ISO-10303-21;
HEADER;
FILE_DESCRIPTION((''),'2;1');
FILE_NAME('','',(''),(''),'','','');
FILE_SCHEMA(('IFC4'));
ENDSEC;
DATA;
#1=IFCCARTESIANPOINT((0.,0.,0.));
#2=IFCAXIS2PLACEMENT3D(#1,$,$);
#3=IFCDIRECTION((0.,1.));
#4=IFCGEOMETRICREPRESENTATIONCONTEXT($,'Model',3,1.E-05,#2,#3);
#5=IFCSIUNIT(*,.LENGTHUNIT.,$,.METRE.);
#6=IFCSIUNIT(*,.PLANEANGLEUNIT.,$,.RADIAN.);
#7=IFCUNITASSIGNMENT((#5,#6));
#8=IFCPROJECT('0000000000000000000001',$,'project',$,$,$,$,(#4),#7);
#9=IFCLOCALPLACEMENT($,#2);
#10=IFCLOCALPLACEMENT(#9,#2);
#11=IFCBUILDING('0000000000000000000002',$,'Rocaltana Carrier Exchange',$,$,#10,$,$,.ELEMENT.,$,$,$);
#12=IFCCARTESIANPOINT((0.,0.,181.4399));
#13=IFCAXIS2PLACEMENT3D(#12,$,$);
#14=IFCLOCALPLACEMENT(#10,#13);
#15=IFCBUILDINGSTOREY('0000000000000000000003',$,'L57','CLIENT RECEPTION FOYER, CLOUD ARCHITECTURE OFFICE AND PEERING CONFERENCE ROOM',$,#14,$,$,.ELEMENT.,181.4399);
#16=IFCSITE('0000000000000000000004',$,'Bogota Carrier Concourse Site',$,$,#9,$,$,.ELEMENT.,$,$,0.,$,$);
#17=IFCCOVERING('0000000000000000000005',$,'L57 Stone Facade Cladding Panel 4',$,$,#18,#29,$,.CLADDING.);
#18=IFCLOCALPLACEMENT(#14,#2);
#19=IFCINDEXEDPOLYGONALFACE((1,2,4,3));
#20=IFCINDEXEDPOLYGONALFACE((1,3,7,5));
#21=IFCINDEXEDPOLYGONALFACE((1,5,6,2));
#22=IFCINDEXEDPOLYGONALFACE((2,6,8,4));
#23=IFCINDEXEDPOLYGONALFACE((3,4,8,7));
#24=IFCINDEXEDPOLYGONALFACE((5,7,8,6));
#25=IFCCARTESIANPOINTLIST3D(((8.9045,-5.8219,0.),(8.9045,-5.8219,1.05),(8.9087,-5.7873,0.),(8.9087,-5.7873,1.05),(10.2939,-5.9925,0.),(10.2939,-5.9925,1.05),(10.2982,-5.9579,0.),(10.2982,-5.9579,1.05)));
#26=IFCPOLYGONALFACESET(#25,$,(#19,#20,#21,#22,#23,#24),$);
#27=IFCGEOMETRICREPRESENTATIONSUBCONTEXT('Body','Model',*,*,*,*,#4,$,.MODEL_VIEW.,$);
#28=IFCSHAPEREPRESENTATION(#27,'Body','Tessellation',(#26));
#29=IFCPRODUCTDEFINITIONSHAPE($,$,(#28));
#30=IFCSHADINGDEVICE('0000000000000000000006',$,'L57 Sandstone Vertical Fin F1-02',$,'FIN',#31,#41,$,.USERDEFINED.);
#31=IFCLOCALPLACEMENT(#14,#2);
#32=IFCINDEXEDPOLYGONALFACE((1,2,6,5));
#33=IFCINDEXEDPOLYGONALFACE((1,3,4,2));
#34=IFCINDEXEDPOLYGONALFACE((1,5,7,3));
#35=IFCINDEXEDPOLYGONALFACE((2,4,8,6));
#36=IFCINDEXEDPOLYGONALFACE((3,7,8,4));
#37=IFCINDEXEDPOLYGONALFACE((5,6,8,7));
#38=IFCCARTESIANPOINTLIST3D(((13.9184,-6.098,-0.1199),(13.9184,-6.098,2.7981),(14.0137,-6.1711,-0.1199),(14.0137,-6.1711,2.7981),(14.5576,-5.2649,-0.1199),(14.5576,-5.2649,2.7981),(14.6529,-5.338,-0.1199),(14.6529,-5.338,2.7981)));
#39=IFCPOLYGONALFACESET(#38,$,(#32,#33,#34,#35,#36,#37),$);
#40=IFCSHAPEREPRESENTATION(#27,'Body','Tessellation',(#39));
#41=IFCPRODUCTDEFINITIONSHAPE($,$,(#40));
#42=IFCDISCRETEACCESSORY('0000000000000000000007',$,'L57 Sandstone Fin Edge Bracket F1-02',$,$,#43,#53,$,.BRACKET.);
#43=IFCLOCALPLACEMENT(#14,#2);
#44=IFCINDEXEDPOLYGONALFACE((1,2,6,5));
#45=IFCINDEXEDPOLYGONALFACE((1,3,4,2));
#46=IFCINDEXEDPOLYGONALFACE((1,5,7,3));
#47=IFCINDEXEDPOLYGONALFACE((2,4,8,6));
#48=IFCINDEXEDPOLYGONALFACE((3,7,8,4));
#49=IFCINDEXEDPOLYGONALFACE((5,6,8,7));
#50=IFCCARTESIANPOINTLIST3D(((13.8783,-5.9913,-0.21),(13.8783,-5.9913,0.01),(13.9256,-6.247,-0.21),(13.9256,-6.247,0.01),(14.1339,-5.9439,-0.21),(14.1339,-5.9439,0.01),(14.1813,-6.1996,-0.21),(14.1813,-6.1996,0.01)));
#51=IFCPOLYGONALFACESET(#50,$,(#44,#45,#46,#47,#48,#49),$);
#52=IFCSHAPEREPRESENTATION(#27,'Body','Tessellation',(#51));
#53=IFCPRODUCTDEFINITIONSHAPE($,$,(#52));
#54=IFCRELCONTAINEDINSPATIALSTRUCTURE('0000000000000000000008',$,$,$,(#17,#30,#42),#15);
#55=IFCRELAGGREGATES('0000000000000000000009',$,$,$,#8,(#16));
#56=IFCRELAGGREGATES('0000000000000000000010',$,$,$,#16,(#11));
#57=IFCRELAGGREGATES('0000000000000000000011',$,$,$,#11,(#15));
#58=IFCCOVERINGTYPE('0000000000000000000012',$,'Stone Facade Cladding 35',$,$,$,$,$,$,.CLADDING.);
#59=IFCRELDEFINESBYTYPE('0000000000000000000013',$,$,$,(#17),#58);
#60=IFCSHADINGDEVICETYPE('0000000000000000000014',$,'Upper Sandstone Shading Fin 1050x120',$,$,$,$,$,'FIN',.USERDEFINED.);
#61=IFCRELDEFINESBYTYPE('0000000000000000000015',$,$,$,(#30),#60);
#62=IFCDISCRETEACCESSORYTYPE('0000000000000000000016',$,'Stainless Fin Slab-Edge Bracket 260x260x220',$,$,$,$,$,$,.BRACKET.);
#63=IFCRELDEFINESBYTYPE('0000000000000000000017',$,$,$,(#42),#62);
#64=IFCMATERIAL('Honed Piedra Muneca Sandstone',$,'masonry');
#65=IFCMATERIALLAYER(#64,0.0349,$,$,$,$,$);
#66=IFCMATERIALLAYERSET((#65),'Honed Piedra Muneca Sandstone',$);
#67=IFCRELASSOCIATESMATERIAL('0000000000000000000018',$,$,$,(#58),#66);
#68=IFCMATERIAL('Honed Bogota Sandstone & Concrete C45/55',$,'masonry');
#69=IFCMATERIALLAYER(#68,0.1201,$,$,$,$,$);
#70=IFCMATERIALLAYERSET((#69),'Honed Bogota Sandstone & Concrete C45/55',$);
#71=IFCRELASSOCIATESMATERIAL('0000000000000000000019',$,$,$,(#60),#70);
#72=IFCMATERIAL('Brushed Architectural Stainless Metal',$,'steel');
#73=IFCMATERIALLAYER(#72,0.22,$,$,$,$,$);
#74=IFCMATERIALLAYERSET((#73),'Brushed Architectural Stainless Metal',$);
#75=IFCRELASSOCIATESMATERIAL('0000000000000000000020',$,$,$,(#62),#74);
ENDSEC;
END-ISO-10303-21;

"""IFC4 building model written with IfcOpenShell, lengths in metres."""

from ifc_helpers import new_model, si_unit, direction, frame, origin, origin_2d, place, context, subcontext, project, spatial, rectangle, extrude, material, layer, layer_set, type_object, element, save


model = new_model("IFC4")

# Units and contexts
model_context = context("Model", 3, precision=1e-05, world=origin(), true_north=direction((0.0, 1.0)))
body_context = subcontext(model_context, "Body", "Model", "MODEL_VIEW")
ifc_project = project(units=[si_unit("LENGTHUNIT", "METRE"), si_unit("PLANEANGLEUNIT", "RADIAN")], contexts=[model_context])

# Site, building, storey
site_placement = place(None, origin())
site = spatial("IfcSite", under=ifc_project, at=site_placement, Name="Bogota Carrier Concourse Site", CompositionType="ELEMENT", RefElevation=0.0)
building_placement = place(site_placement, origin())
building = spatial("IfcBuilding", under=site, at=building_placement, Name="Rocaltana Carrier Exchange", CompositionType="ELEMENT")
storey_placement = place(building_placement, frame((0.0, 0.0, 181.4399)))
storey = spatial("IfcBuildingStorey", under=building, at=storey_placement, Name="L57", Description="CLIENT RECEPTION FOYER, CLOUD ARCHITECTURE OFFICE AND PEERING CONFERENCE ROOM", CompositionType="ELEMENT", Elevation=181.4399)

# Covering
ifc_material_1 = material(Name="Honed Piedra Muneca Sandstone", Category="masonry")
ifc_layer_1 = layer(ifc_material_1, 0.0349)
ifc_layer_set_1 = layer_set([ifc_layer_1], Name="Honed Piedra Muneca Sandstone")
covering_type_1 = type_object("IfcCoveringType", Name="Stone Facade Cladding 35", PredefinedType="CLADDING", material=ifc_layer_set_1)
covering_1_placement = place(storey_placement, frame((9.6013, -5.8899, 0.0), z_axis=(0.0, 0.0, 1.0), x_axis=(-0.992546, 0.121869, 0.0)))
element("IfcCovering", 1, at=covering_1_placement, inside=storey, type_object=covering_type_1, Name="L57 Stone Facade Cladding Panel 4", PredefinedType="CLADDING", context=body_context, shape_type="SweptSolid", body=[
    extrude(rectangle(XDim=1.3999, YDim=0.0349, at=origin_2d()), origin(), (0.0, 0.0, 1.0), 1.05),
])

# Shading device
ifc_material_2 = material(Name="Honed Bogota Sandstone & Concrete C45/55", Category="masonry")
ifc_layer_2 = layer(ifc_material_2, 0.1201)
ifc_layer_set_2 = layer_set([ifc_layer_2], Name="Honed Bogota Sandstone & Concrete C45/55")
shading_device_type = type_object("IfcShadingDeviceType", Name="Upper Sandstone Shading Fin 1050x120", ElementType="FIN", PredefinedType="USERDEFINED", material=ifc_layer_set_2)
shading_device_placement = place(storey_placement, frame((14.2856, -5.718, -0.1199), z_axis=(0.0, 0.0, 1.0), x_axis=(0.608761, 0.793353, 0.0)))
element("IfcShadingDevice", 2, at=shading_device_placement, inside=storey, type_object=shading_device_type, Name="L57 Sandstone Vertical Fin F1-02", ObjectType="FIN", PredefinedType="USERDEFINED", context=body_context, shape_type="SweptSolid", body=[
    extrude(rectangle(XDim=1.05, YDim=0.1201, at=origin_2d()), origin(), (0.0, 0.0, 1.0), 2.918),
])

# Discrete accessory
ifc_material_3 = material(Name="Brushed Architectural Stainless Metal", Category="steel")
ifc_layer_3 = layer(ifc_material_3, 0.22)
ifc_layer_set_3 = layer_set([ifc_layer_3], Name="Brushed Architectural Stainless Metal")
discrete_accessory_type = type_object("IfcDiscreteAccessoryType", Name="Stainless Fin Slab-Edge Bracket 260x260x220", PredefinedType="BRACKET", material=ifc_layer_set_3)
discrete_accessory_placement = place(storey_placement, frame((14.0298, -6.0955, -0.21), z_axis=(0.0, 0.0, 1.0), x_axis=(-0.182236, 0.983255, 0.0)))
element("IfcDiscreteAccessory", 3, at=discrete_accessory_placement, inside=storey, type_object=discrete_accessory_type, Name="L57 Sandstone Fin Edge Bracket F1-02", PredefinedType="BRACKET", context=body_context, shape_type="SweptSolid", body=[
    extrude(rectangle(XDim=0.26, YDim=0.26, at=origin_2d()), origin(), (0.0, 0.0, 1.0), 0.22),
])

save(model, "model.ifc")
